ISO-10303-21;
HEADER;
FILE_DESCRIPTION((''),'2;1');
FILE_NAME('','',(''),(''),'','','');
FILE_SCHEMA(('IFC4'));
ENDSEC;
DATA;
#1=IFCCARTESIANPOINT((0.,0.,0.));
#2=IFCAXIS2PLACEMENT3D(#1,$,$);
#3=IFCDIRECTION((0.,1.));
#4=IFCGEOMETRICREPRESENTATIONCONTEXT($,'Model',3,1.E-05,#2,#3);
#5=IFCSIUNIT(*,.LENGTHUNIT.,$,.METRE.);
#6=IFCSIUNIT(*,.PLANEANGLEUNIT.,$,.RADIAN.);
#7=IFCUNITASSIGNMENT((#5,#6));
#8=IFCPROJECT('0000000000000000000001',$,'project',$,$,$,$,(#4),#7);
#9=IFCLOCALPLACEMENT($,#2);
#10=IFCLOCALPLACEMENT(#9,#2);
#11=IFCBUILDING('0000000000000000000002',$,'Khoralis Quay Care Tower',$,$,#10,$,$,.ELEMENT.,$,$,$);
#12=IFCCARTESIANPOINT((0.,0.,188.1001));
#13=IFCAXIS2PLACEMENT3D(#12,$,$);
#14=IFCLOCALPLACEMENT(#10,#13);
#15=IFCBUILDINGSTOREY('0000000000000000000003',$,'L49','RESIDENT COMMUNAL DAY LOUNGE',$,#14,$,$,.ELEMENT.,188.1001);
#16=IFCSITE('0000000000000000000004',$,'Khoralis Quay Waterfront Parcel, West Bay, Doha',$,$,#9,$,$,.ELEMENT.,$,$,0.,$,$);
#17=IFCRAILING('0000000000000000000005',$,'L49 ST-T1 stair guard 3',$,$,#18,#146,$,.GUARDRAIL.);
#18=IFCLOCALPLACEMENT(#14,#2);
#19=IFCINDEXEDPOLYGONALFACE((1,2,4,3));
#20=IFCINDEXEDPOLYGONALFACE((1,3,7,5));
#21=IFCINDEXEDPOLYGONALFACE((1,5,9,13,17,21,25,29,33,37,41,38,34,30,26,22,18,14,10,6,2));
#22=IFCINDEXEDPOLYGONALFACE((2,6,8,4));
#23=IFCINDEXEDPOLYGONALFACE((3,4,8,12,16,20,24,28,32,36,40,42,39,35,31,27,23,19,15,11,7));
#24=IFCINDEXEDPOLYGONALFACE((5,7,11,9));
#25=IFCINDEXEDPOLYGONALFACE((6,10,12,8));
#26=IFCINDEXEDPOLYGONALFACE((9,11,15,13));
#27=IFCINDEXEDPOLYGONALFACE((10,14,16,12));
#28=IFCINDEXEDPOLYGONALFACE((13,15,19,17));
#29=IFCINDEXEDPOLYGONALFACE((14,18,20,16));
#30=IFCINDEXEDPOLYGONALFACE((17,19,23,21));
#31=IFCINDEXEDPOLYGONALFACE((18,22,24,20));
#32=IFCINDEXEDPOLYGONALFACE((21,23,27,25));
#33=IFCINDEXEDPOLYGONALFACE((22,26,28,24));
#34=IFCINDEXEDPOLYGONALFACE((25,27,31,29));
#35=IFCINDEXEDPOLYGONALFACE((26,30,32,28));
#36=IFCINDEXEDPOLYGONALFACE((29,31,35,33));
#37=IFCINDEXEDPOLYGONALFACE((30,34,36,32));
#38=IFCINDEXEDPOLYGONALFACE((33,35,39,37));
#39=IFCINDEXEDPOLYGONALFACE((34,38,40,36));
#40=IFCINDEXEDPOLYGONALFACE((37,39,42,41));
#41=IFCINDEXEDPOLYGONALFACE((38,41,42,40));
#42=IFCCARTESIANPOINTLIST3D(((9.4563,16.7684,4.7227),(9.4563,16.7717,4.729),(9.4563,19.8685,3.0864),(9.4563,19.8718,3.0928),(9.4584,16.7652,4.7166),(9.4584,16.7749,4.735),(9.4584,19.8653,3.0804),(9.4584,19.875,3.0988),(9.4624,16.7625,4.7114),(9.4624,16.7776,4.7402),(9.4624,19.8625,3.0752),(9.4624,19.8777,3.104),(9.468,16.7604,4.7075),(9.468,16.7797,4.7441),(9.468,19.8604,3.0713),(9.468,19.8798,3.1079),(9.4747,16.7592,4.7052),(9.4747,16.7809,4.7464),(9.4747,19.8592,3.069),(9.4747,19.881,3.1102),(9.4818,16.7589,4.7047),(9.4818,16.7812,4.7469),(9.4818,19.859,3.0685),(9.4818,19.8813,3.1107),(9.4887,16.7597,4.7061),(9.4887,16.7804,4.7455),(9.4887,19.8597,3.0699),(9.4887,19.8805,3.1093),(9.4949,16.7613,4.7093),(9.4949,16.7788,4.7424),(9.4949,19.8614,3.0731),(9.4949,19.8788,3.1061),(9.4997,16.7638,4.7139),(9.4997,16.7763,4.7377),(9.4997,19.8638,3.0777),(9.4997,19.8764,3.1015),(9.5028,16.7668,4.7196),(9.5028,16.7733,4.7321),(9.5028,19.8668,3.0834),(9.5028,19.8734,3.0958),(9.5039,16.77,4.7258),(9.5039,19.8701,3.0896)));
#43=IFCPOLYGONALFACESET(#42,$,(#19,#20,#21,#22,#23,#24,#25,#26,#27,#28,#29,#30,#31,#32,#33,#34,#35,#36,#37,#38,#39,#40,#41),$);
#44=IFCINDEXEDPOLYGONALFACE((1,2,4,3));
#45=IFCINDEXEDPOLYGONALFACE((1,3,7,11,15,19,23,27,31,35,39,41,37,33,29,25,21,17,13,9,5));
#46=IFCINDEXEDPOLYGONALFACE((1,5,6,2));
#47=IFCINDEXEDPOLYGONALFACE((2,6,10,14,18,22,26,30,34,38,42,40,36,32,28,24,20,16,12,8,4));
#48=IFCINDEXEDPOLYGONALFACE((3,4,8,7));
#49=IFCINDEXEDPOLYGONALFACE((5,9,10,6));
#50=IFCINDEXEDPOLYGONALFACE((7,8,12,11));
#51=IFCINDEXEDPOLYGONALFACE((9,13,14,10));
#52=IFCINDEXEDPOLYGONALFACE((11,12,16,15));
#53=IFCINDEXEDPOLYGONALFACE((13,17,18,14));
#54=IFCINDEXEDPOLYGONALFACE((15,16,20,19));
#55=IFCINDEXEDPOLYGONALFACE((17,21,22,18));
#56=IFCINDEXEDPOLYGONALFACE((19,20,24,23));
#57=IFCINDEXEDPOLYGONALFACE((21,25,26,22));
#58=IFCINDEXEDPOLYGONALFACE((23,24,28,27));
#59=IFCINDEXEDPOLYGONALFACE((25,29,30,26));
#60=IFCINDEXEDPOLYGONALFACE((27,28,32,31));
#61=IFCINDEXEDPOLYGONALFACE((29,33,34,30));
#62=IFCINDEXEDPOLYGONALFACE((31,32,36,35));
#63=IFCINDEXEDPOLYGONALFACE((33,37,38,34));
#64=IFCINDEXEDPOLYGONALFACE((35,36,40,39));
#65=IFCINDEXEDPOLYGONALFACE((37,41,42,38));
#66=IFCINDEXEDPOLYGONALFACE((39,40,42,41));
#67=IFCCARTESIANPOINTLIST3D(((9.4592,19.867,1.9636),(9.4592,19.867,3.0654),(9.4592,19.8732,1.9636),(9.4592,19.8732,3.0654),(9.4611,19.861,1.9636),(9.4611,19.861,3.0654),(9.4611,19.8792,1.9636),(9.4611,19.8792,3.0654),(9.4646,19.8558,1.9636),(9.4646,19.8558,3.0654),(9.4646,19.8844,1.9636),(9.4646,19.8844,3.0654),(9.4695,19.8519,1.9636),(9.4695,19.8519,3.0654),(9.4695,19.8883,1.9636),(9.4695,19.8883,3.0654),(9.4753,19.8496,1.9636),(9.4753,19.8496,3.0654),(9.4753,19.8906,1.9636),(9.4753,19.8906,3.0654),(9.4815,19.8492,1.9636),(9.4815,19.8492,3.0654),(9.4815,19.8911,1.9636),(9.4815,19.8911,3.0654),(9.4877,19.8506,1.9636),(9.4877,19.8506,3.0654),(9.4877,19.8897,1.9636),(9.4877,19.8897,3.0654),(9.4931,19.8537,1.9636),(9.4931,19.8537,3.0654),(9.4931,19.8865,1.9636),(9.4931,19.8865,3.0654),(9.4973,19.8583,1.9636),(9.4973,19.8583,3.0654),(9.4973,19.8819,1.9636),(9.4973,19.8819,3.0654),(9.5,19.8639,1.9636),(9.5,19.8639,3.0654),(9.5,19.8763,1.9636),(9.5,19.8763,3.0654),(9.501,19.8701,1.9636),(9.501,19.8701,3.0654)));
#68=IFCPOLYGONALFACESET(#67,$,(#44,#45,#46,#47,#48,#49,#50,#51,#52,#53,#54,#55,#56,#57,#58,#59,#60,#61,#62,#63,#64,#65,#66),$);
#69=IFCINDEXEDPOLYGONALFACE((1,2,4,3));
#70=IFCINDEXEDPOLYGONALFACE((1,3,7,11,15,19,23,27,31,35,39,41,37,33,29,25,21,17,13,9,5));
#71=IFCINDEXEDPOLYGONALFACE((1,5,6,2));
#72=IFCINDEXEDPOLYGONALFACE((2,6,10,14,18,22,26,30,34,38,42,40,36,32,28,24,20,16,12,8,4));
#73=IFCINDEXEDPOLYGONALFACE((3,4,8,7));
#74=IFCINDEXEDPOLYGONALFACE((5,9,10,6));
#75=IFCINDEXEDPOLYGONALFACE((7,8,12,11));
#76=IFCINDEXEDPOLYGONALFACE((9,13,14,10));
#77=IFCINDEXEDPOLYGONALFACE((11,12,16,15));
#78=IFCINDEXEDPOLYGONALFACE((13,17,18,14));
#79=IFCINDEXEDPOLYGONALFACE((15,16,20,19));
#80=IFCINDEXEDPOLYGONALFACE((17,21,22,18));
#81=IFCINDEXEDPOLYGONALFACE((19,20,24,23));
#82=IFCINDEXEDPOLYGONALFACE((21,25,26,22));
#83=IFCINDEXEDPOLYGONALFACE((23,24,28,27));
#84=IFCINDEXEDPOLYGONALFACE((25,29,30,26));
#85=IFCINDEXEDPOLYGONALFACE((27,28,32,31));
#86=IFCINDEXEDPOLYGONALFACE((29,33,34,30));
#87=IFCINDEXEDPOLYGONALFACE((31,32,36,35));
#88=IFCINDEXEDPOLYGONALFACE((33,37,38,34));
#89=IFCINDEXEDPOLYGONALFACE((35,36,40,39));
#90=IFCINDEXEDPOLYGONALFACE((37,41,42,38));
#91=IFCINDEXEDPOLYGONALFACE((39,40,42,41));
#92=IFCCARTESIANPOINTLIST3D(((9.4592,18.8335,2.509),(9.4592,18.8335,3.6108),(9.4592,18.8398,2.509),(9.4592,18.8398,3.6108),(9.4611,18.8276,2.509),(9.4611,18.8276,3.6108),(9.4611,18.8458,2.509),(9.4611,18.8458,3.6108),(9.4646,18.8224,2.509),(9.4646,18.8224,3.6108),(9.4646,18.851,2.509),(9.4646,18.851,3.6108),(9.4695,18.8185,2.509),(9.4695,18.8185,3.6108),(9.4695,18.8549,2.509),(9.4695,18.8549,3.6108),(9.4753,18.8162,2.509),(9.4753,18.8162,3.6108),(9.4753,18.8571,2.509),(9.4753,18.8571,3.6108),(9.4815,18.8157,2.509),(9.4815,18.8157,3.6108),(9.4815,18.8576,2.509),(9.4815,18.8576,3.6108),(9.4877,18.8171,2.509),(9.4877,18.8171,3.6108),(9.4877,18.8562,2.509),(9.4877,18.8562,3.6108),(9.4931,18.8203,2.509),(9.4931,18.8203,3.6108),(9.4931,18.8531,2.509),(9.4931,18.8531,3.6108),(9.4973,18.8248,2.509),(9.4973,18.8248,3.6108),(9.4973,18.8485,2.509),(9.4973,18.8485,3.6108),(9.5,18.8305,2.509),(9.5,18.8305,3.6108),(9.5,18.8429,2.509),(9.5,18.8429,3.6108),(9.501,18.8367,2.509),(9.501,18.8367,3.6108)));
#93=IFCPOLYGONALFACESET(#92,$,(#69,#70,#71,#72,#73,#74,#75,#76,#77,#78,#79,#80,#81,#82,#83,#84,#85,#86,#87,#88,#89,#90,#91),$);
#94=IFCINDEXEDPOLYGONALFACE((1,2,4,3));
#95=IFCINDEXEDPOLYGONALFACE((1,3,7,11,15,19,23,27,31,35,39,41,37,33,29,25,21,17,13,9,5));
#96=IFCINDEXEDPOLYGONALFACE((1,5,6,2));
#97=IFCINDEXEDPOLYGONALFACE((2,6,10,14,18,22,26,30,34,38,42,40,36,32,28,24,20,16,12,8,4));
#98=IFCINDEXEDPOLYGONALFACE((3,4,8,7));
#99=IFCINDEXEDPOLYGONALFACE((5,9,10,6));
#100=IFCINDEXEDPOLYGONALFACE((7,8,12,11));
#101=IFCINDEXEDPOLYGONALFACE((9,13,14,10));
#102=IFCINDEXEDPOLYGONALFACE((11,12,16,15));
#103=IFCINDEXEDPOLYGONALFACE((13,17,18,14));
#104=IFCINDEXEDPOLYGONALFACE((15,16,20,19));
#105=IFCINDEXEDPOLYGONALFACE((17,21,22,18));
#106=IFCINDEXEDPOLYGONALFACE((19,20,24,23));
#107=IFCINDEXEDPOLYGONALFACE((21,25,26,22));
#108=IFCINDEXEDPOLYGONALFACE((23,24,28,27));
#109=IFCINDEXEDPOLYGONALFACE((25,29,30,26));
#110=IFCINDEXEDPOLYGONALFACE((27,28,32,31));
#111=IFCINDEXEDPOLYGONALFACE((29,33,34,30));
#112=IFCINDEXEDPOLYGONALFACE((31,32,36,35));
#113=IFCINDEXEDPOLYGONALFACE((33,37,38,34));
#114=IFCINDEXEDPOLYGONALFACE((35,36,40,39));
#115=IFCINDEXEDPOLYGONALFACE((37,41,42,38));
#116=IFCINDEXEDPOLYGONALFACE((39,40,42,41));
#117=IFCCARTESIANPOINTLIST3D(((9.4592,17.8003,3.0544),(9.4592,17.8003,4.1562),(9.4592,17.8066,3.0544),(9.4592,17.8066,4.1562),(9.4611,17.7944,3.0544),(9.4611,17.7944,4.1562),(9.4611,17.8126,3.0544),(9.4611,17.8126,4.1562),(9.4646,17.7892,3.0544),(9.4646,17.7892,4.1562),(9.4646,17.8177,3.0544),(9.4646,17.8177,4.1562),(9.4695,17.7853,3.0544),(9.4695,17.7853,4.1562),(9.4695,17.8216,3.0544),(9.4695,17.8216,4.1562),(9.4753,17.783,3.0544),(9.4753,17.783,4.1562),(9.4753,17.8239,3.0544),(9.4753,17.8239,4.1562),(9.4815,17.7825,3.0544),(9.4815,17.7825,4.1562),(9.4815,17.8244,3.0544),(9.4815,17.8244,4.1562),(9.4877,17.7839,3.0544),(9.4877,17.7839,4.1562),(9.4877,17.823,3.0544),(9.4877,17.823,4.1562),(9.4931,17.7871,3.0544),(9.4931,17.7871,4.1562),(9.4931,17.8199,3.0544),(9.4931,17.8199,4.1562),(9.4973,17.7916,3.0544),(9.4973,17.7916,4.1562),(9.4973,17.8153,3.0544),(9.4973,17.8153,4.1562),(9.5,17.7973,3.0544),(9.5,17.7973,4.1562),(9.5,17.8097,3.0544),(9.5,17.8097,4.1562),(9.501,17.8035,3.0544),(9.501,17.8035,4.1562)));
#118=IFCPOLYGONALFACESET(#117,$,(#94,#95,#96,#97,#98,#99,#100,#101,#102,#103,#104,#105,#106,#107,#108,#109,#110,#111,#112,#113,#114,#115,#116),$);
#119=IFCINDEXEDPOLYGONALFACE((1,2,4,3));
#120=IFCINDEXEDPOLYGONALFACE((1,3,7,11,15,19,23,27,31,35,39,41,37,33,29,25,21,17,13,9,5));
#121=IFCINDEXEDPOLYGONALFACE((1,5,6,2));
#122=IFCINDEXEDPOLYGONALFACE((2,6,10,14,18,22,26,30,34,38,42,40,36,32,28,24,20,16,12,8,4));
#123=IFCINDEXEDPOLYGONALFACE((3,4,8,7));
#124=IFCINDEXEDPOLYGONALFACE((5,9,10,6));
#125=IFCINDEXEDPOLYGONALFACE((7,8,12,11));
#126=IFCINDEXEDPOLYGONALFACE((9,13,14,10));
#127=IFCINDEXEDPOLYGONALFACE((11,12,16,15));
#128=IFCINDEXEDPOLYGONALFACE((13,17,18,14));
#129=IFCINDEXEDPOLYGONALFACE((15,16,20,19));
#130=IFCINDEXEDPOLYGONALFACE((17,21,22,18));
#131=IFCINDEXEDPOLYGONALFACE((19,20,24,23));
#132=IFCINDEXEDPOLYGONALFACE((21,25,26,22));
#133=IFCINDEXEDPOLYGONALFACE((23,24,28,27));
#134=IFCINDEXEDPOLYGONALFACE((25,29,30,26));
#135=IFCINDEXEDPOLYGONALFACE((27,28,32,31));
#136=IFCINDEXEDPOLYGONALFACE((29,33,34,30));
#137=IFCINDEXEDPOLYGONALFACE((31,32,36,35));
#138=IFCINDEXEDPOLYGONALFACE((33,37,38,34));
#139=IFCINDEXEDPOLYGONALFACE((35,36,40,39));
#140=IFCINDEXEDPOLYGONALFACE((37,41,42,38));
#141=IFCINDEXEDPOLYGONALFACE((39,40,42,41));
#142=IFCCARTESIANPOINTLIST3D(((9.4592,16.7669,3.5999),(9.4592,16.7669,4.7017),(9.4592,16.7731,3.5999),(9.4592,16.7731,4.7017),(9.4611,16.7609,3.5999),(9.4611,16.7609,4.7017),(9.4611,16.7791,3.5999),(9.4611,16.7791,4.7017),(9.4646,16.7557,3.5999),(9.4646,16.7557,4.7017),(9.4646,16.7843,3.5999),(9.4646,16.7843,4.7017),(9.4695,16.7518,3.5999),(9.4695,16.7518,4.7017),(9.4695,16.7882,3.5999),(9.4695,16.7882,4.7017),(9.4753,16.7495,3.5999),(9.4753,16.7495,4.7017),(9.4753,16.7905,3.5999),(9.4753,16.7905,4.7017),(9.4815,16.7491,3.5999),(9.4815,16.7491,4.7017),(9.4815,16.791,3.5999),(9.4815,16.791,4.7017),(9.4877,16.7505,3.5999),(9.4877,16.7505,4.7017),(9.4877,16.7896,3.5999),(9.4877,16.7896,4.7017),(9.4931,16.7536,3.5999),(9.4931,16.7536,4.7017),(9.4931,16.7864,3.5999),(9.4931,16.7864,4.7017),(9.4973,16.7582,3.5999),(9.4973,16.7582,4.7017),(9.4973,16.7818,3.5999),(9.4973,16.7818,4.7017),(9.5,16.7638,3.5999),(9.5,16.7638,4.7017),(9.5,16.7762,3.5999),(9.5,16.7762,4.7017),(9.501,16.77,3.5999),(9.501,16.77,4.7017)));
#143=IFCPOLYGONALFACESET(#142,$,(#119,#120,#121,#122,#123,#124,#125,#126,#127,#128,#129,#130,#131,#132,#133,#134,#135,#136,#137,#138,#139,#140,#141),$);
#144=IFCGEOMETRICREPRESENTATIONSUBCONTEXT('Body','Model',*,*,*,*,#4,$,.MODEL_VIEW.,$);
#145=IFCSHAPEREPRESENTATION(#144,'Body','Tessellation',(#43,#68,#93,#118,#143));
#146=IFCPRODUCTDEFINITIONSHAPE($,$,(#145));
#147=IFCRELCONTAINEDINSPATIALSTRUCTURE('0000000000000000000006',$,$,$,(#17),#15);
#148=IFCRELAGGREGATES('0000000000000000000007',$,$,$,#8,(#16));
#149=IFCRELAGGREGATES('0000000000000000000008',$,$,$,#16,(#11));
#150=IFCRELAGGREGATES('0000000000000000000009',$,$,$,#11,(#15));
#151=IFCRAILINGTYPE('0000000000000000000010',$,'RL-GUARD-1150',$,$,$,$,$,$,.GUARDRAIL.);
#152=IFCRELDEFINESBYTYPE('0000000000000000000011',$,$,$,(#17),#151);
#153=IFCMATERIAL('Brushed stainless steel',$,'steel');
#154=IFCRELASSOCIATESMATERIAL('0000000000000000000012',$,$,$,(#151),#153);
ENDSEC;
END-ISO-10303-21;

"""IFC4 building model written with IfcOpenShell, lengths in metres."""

from ifc_helpers import new_model, si_unit, direction, frame, origin, origin_2d, place, context, subcontext, project, spatial, circle, extrude, material, type_object, element, save


model = new_model("IFC4")

# Units and contexts
model_context = context("Model", 3, precision=1e-05, world=origin(), true_north=direction((0.0, 1.0)))
body_context = subcontext(model_context, "Body", "Model", "MODEL_VIEW")
ifc_project = project(units=[si_unit("LENGTHUNIT", "METRE"), si_unit("PLANEANGLEUNIT", "RADIAN")], contexts=[model_context])

# Site, building, storey
site_placement = place(None, origin())
site = spatial("IfcSite", under=ifc_project, at=site_placement, Name="Khoralis Quay Waterfront Parcel, West Bay, Doha", CompositionType="ELEMENT", RefElevation=0.0)
building_placement = place(site_placement, origin())
building = spatial("IfcBuilding", under=site, at=building_placement, Name="Khoralis Quay Care Tower", CompositionType="ELEMENT")
storey_placement = place(building_placement, frame((0.0, 0.0, 188.1001)))
storey = spatial("IfcBuildingStorey", under=building, at=storey_placement, Name="L49", Description="RESIDENT COMMUNAL DAY LOUNGE", CompositionType="ELEMENT", Elevation=188.1001)

# Railing
ifc_material_1 = material(Name="Brushed stainless steel", Category="steel")
railing_type_1 = type_object("IfcRailingType", Name="RL-GUARD-1150", PredefinedType="GUARDRAIL", material=ifc_material_1)
railing_1_placement = place(storey_placement, frame((9.48, 19.8701, 1.9636)))
element("IfcRailing", 1, at=railing_1_placement, inside=storey, type_object=railing_type_1, Name="L49 ST-T1 stair guard 3", PredefinedType="GUARDRAIL", context=body_context, shape_type="SweptSolid", body=[
    extrude(circle(Radius=0.0239, at=origin_2d()), frame((0.0, 0.0, 1.126), z_axis=(0.0, -0.884377, 0.466774), x_axis=(1.0, 0.0, 0.0)), (0.0, 0.0, 1.0), 3.5054),
    extrude(circle(Radius=0.021, at=origin_2d()), origin(), (0.0, 0.0, 1.0), 1.1018),
    extrude(circle(Radius=0.021, at=origin_2d()), frame((0.0, -1.0334, 0.5454)), (0.0, 0.0, 1.0), 1.1018),
    extrude(circle(Radius=0.021, at=origin_2d()), frame((0.0, -2.0667, 1.0908)), (0.0, 0.0, 1.0), 1.1018),
    extrude(circle(Radius=0.021, at=origin_2d()), frame((0.0, -3.1001, 1.6362)), (0.0, 0.0, 1.0), 1.1018),
])

save(model, "model.ifc")
